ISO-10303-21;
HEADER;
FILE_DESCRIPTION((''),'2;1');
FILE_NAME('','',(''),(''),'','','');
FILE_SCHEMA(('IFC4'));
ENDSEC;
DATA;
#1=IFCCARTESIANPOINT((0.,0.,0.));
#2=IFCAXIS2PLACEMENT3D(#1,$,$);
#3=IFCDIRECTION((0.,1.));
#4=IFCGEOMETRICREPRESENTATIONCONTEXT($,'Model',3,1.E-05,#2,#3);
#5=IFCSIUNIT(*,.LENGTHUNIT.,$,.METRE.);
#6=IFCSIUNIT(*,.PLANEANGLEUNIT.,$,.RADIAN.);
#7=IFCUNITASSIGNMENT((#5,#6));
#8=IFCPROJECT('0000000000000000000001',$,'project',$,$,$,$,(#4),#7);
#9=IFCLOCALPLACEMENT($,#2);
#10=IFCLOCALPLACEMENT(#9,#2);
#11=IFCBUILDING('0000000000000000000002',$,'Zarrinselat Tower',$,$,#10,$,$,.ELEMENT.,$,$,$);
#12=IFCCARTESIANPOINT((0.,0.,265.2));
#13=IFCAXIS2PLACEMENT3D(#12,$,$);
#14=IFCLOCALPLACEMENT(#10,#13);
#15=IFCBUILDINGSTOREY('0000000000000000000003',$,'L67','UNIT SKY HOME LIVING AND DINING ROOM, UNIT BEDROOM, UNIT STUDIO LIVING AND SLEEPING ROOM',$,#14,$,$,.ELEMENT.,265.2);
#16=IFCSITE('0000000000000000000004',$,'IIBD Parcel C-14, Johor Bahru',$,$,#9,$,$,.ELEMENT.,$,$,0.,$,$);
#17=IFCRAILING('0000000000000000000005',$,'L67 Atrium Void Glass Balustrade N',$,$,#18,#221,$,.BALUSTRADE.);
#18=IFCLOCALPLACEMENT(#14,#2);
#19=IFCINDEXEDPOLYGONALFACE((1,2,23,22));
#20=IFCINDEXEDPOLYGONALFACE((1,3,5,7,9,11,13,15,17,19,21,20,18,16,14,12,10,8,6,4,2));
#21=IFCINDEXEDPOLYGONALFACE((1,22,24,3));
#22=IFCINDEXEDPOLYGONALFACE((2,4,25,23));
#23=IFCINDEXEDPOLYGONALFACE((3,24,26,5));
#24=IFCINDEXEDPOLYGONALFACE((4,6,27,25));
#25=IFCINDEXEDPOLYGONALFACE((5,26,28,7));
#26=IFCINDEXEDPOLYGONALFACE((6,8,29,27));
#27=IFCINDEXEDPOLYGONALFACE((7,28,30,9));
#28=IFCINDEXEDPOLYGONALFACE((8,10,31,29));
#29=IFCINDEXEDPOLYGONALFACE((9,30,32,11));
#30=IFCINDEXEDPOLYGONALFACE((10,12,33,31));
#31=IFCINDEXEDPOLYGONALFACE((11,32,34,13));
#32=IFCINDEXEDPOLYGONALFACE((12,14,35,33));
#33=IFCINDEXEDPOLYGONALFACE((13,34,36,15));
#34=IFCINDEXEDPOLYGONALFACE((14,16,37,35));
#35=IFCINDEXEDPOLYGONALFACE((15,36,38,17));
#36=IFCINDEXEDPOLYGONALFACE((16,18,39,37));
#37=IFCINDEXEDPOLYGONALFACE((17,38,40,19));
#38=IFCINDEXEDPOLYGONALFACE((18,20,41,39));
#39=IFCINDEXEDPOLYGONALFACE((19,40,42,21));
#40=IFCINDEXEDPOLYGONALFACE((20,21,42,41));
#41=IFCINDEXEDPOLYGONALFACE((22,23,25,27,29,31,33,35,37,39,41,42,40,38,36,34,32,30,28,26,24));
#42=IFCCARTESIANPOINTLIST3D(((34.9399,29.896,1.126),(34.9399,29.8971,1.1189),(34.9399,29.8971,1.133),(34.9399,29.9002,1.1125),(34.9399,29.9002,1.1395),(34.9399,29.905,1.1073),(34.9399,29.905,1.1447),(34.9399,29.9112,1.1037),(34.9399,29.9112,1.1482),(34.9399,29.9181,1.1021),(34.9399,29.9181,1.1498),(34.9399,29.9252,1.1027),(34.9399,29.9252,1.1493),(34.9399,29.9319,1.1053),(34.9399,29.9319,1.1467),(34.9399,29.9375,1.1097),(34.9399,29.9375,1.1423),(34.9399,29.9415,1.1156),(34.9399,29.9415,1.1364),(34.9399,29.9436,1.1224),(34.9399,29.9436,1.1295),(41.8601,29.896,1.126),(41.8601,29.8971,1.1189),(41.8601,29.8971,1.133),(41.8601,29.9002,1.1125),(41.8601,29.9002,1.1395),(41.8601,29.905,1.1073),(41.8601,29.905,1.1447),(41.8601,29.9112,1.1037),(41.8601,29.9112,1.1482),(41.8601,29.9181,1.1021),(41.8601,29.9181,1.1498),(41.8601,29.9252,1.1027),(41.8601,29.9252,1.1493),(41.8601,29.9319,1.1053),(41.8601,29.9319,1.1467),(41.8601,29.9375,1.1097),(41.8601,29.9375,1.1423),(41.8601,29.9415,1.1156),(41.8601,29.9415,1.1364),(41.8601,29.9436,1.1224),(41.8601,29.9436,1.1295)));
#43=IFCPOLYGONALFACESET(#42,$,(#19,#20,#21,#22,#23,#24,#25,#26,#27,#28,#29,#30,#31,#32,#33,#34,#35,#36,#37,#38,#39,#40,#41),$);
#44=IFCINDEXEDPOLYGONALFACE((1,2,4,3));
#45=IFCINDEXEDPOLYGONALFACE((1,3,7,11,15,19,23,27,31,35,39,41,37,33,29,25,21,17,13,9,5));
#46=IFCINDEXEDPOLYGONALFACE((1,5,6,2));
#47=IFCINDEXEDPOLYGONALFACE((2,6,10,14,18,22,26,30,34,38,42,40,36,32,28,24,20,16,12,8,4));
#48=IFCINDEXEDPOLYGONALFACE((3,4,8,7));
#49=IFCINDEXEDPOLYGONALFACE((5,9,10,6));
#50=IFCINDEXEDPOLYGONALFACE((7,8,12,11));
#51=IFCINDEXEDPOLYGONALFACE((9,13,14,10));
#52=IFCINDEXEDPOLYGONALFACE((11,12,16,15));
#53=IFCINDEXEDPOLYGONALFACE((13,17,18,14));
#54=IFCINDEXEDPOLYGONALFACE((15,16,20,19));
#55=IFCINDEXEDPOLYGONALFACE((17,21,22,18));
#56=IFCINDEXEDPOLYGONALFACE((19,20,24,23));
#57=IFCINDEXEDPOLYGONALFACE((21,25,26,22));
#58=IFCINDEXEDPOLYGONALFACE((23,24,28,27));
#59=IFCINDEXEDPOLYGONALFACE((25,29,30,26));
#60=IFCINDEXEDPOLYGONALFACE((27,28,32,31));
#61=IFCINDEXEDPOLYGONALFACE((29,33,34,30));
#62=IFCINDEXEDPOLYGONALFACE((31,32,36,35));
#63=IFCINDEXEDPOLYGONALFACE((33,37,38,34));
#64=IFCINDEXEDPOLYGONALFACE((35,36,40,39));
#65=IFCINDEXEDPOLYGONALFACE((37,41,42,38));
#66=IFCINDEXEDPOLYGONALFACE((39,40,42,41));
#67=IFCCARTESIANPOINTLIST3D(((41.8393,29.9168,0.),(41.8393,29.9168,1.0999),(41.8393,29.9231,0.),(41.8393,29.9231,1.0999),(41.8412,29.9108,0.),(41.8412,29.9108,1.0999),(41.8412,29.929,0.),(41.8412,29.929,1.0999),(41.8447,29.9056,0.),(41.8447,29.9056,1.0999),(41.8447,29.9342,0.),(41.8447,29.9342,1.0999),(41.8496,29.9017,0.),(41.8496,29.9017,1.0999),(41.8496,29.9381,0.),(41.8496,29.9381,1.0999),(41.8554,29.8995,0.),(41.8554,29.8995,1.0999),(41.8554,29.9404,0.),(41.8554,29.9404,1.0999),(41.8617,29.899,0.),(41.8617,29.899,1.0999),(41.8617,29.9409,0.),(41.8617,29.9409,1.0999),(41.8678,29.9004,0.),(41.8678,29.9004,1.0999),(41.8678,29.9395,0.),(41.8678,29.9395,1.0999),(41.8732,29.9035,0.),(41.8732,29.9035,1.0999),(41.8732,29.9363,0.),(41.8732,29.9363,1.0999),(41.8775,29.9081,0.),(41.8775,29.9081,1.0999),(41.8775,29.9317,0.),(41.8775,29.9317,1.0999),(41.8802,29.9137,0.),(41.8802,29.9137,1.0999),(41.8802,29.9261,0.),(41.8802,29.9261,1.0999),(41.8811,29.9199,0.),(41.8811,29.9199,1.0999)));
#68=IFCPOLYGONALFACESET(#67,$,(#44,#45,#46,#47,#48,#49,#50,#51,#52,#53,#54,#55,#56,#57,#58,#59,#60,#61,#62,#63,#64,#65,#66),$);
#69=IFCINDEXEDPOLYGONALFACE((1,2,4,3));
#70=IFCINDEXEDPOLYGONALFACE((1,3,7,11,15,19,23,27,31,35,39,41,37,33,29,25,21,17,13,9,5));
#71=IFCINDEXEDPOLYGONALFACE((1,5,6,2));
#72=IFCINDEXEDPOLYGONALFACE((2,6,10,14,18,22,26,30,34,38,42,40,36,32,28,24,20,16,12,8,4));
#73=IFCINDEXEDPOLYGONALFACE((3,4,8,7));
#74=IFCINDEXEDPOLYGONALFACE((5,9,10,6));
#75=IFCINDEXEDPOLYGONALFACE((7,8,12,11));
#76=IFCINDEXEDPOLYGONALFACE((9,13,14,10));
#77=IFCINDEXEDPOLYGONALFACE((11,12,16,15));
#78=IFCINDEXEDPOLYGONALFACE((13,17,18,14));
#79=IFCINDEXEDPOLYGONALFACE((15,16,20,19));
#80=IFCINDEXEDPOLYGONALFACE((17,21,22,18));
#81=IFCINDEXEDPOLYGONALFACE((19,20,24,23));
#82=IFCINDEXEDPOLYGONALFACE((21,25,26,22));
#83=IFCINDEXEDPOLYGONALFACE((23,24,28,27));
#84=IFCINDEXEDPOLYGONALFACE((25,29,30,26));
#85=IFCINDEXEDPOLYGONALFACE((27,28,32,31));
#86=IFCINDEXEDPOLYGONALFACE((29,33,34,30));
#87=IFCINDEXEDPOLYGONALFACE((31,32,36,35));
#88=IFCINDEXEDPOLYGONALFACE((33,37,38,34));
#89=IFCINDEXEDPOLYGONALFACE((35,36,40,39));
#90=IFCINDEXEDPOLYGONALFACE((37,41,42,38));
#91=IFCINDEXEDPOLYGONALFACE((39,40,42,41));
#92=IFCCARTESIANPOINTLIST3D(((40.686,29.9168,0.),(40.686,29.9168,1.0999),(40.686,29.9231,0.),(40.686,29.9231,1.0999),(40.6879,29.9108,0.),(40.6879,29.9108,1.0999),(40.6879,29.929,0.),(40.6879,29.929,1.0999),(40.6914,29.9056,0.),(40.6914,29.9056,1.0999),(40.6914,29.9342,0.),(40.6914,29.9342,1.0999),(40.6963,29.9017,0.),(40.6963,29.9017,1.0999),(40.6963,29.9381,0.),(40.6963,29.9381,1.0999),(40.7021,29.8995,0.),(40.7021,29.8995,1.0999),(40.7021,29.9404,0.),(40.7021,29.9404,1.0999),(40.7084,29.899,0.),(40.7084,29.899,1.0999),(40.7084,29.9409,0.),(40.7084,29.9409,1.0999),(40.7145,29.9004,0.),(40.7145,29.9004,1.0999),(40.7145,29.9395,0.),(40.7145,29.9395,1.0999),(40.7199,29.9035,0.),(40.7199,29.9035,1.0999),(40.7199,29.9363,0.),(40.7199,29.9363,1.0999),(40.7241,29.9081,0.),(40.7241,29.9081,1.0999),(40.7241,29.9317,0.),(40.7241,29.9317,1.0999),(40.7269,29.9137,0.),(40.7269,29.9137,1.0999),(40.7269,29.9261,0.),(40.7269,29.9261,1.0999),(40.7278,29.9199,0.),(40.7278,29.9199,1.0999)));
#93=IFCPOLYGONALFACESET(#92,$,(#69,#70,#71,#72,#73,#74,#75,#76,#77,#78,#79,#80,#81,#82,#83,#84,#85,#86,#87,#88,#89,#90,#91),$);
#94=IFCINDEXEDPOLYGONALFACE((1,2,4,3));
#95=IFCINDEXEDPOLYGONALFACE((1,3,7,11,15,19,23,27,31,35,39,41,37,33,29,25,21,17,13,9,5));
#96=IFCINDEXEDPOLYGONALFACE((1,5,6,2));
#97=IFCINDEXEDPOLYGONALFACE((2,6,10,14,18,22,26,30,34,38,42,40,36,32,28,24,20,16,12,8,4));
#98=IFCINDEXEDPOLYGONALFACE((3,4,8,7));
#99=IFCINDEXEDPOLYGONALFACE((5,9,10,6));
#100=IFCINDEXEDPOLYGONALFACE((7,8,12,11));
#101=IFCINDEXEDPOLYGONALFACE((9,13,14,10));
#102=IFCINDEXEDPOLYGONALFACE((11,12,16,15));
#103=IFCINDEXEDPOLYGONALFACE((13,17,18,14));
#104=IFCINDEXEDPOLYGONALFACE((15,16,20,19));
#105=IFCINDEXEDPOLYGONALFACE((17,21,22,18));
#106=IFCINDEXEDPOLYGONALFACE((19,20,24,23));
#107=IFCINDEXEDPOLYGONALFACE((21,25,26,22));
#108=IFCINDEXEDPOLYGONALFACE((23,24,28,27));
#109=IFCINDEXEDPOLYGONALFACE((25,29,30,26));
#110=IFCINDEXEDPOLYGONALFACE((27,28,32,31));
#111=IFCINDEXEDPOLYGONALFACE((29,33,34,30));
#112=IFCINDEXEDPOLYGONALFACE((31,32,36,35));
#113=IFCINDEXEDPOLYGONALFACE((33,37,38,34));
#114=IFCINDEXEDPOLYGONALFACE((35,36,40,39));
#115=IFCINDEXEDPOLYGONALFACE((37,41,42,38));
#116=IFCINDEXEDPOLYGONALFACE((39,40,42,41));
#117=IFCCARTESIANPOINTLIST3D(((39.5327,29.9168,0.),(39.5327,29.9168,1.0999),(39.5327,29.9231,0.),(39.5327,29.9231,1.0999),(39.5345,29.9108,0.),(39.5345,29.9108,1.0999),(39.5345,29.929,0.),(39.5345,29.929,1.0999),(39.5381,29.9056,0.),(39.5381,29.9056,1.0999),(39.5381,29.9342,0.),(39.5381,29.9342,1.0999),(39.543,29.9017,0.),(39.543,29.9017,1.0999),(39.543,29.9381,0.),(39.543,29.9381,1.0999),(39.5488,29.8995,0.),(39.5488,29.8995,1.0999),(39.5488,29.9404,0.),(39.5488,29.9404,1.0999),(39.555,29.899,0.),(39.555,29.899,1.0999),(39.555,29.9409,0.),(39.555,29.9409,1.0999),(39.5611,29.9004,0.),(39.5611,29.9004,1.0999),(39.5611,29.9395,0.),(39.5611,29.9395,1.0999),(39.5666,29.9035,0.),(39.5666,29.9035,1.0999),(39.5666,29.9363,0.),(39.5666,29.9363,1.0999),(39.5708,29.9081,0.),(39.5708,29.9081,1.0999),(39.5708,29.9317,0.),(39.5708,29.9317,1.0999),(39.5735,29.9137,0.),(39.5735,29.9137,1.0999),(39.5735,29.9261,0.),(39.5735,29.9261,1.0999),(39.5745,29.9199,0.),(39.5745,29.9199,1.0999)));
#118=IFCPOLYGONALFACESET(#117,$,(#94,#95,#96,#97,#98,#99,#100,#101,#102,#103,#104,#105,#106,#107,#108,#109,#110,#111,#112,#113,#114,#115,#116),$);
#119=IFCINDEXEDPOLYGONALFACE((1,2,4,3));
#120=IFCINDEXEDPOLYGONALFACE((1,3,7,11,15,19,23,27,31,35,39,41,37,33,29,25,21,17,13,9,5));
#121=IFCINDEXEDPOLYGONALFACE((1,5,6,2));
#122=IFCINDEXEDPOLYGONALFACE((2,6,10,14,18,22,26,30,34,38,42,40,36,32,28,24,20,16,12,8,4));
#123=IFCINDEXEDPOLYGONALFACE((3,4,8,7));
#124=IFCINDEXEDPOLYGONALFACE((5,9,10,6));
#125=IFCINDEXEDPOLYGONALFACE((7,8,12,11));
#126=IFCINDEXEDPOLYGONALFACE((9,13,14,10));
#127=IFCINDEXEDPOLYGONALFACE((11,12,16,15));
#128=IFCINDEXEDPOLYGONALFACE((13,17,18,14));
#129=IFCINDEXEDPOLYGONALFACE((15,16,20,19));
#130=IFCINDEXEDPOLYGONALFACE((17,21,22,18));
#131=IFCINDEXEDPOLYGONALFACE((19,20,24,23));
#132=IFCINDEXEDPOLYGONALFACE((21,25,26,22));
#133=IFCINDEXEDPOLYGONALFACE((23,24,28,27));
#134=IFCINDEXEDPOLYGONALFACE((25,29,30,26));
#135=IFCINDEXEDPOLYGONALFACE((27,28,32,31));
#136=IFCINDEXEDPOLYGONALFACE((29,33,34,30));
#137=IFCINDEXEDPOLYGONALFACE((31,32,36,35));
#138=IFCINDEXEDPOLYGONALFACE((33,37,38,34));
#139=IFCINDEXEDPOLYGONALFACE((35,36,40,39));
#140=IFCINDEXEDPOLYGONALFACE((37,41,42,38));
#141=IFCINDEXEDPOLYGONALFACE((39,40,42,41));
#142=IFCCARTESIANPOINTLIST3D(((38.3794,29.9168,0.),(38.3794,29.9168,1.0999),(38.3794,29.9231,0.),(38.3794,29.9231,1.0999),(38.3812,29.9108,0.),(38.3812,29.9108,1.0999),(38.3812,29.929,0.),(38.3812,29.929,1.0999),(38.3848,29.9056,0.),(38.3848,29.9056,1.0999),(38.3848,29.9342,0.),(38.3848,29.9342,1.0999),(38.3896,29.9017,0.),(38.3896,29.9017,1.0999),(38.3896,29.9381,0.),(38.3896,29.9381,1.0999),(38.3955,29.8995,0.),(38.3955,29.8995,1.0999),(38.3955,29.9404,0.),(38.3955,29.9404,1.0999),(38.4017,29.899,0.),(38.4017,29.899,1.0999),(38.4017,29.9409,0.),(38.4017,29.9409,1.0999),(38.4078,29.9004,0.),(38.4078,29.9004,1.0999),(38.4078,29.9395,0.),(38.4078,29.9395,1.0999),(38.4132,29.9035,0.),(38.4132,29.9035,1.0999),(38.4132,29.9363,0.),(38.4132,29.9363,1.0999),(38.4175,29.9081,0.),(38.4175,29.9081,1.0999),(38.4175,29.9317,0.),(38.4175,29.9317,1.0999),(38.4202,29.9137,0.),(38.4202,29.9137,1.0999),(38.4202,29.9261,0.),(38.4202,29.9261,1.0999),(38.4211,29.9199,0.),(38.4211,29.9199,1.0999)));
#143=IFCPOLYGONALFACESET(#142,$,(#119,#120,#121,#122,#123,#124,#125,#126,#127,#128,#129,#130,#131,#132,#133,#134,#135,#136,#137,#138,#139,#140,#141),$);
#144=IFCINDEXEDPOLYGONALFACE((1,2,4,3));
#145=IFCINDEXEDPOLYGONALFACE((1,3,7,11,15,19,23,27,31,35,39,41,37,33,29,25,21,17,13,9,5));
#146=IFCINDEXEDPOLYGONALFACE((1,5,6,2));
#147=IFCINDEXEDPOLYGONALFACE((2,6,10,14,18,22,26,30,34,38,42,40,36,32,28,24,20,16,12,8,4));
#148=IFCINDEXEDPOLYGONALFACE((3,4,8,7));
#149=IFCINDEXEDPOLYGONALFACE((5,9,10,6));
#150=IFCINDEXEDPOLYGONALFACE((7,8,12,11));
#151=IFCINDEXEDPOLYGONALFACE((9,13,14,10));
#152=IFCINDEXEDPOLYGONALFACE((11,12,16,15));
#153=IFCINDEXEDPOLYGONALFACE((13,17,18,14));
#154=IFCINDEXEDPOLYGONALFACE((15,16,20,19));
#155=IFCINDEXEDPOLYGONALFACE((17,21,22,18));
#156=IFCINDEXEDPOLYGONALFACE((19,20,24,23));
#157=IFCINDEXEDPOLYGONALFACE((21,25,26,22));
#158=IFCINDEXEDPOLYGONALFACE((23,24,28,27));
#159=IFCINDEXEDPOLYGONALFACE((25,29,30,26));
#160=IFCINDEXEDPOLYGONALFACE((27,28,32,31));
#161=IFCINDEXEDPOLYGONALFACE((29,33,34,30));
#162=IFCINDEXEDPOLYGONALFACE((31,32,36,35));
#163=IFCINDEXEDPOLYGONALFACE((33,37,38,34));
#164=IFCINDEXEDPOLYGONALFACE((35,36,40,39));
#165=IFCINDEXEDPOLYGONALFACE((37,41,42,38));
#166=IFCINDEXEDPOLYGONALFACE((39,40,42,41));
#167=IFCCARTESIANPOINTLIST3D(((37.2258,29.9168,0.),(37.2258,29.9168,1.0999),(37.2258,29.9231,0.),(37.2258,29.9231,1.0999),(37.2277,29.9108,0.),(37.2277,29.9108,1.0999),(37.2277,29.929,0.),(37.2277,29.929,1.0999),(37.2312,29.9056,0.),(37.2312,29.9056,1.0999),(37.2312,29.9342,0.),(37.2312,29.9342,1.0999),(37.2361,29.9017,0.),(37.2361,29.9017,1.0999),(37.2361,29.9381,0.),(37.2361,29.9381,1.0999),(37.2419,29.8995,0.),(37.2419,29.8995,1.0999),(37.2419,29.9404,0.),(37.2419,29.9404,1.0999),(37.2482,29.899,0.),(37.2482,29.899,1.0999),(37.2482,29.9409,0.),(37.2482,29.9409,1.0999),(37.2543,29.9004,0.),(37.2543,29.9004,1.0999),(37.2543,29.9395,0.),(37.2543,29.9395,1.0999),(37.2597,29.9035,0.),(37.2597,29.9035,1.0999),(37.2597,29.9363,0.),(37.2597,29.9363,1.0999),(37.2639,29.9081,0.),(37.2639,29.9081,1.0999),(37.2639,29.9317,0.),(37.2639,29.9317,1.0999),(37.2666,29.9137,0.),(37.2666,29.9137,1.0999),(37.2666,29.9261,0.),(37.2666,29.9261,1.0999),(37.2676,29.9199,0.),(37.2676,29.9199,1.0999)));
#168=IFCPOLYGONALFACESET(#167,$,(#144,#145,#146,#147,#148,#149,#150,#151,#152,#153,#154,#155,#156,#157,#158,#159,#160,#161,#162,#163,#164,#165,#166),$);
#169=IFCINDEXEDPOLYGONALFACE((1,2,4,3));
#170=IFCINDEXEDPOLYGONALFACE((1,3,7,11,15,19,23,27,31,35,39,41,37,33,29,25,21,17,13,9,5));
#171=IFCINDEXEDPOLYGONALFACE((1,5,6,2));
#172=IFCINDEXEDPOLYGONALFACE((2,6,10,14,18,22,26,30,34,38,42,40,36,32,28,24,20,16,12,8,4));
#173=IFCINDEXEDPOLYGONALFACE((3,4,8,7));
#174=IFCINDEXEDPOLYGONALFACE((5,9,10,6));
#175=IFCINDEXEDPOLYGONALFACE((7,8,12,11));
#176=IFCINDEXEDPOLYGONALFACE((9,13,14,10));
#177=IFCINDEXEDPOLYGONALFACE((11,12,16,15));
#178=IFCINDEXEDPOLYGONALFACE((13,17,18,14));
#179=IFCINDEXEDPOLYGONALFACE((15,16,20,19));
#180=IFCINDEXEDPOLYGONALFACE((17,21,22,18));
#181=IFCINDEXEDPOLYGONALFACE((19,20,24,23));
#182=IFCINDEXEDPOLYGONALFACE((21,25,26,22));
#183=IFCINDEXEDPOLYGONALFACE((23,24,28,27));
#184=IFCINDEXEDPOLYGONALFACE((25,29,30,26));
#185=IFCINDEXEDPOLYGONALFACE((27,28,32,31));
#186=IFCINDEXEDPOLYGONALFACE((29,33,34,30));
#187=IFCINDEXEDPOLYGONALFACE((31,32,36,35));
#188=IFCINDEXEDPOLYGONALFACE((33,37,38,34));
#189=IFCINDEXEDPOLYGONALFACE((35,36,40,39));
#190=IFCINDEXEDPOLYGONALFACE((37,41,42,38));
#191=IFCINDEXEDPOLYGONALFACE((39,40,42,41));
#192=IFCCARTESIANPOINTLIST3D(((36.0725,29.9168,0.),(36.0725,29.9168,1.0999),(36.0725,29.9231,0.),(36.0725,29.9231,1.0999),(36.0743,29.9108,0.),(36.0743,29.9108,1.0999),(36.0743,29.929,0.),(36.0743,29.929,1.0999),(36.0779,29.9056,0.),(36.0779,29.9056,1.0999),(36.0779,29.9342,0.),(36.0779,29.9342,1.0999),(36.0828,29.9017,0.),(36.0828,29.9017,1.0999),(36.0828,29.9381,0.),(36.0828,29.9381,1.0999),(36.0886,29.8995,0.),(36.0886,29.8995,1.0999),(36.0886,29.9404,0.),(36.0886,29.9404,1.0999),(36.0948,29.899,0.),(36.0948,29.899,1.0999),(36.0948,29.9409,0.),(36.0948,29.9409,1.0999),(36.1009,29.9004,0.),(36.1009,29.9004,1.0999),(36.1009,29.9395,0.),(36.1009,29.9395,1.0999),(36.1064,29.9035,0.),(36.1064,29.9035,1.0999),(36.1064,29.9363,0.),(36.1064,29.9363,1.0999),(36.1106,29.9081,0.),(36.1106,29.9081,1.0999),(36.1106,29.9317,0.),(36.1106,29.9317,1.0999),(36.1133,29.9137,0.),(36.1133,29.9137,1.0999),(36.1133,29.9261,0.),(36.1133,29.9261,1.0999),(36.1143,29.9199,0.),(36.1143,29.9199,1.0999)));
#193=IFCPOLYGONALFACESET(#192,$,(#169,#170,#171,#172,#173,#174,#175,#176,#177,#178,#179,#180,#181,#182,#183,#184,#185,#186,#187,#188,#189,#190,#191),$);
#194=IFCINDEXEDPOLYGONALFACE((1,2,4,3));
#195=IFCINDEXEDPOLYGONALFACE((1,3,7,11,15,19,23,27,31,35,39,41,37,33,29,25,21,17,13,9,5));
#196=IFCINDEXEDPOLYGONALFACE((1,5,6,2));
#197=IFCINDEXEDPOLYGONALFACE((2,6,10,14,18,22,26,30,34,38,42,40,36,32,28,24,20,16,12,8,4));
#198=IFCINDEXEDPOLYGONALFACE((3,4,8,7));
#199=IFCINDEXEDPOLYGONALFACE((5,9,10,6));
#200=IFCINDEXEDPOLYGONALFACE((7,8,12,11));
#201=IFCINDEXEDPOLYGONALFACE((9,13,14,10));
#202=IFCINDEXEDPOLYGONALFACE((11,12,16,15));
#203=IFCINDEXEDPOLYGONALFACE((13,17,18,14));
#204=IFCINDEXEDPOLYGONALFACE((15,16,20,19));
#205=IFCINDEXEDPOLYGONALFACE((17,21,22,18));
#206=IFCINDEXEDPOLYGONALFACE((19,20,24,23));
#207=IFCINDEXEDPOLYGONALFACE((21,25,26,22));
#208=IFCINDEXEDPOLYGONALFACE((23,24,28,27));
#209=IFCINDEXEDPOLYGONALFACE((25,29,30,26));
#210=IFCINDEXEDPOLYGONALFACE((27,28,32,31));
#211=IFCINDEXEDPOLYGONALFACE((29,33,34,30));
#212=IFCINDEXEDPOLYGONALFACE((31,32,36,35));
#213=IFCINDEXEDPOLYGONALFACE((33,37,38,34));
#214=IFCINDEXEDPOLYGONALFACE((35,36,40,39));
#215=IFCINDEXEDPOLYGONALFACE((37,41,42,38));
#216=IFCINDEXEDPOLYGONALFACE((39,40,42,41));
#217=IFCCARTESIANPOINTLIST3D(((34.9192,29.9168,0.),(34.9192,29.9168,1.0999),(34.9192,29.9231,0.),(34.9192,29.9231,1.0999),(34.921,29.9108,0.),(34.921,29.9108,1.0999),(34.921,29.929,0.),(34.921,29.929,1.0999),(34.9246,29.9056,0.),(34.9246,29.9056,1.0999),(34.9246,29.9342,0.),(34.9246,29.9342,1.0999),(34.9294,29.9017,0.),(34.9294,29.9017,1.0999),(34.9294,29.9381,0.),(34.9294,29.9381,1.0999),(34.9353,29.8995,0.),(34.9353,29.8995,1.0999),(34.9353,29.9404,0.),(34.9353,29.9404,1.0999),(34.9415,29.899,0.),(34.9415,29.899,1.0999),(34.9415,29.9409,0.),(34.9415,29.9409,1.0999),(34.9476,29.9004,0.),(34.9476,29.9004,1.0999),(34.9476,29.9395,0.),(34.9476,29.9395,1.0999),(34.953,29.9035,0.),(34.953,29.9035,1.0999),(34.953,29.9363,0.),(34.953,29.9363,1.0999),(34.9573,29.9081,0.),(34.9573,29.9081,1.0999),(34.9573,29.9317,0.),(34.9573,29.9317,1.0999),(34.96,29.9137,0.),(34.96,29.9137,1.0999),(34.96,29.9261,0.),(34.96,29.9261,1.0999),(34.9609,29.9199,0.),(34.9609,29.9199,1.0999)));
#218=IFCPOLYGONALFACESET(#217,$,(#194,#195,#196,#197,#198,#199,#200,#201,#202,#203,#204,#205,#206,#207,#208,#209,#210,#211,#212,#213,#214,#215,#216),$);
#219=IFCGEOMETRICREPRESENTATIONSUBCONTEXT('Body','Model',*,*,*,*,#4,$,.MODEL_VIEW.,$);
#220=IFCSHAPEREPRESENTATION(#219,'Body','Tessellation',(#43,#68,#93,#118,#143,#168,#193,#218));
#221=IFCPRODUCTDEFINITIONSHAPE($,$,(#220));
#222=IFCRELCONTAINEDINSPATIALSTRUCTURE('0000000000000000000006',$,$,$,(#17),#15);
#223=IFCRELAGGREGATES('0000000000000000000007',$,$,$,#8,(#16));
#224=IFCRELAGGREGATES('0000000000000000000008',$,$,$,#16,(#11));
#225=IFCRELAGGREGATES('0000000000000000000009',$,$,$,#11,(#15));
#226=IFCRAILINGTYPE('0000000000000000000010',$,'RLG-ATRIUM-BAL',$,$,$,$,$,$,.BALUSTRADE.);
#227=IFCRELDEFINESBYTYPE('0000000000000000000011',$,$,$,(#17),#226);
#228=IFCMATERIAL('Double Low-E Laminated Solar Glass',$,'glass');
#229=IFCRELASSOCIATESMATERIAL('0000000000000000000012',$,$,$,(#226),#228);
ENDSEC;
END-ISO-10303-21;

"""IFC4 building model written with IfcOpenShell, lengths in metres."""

from ifc_helpers import new_model, si_unit, direction, frame, origin, origin_2d, place, context, subcontext, project, spatial, circle, extrude, material, type_object, element, save


model = new_model("IFC4")

# Units and contexts
model_context = context("Model", 3, precision=1e-05, world=origin(), true_north=direction((0.0, 1.0)))
body_context = subcontext(model_context, "Body", "Model", "MODEL_VIEW")
ifc_project = project(units=[si_unit("LENGTHUNIT", "METRE"), si_unit("PLANEANGLEUNIT", "RADIAN")], contexts=[model_context])

# Site, building, storey
site_placement = place(None, origin())
site = spatial("IfcSite", under=ifc_project, at=site_placement, Name="IIBD Parcel C-14, Johor Bahru", CompositionType="ELEMENT", RefElevation=0.0)
building_placement = place(site_placement, origin())
building = spatial("IfcBuilding", under=site, at=building_placement, Name="Zarrinselat Tower", CompositionType="ELEMENT")
storey_placement = place(building_placement, frame((0.0, 0.0, 265.2)))
storey = spatial("IfcBuildingStorey", under=building, at=storey_placement, Name="L67", Description="UNIT SKY HOME LIVING AND DINING ROOM, UNIT BEDROOM, UNIT STUDIO LIVING AND SLEEPING ROOM", CompositionType="ELEMENT", Elevation=265.2)

# Railing
ifc_material_1 = material(Name="Double Low-E Laminated Solar Glass", Category="glass")
railing_type_1 = type_object("IfcRailingType", Name="RLG-ATRIUM-BAL", PredefinedType="BALUSTRADE", material=ifc_material_1)
railing_1_placement = place(storey_placement, frame((41.8601, 29.9199, 0.0)))
element("IfcRailing", 1, at=railing_1_placement, inside=storey, type_object=railing_type_1, Name="L67 Atrium Void Glass Balustrade N", PredefinedType="BALUSTRADE", context=body_context, shape_type="SweptSolid", body=[
    extrude(circle(Radius=0.0239, at=origin_2d()), frame((0.0, 0.0, 1.126), z_axis=(-1.0, 0.0, 0.0), x_axis=(0.0, -1.0, 0.0)), (0.0, 0.0, 1.0), 6.9202),
    extrude(circle(Radius=0.021, at=origin_2d()), origin(), (0.0, 0.0, 1.0), 1.0999),
    extrude(circle(Radius=0.021, at=origin_2d()), frame((-1.1533, 0.0, 0.0)), (0.0, 0.0, 1.0), 1.0999),
    extrude(circle(Radius=0.021, at=origin_2d()), frame((-2.3066, 0.0, 0.0)), (0.0, 0.0, 1.0), 1.0999),
    extrude(circle(Radius=0.021, at=origin_2d()), frame((-3.46, 0.0, 0.0)), (0.0, 0.0, 1.0), 1.0999),
    extrude(circle(Radius=0.021, at=origin_2d()), frame((-4.6135, 0.0, 0.0)), (0.0, 0.0, 1.0), 1.0999),
    extrude(circle(Radius=0.021, at=origin_2d()), frame((-5.7668, 0.0, 0.0)), (0.0, 0.0, 1.0), 1.0999),
    extrude(circle(Radius=0.021, at=origin_2d()), frame((-6.9202, 0.0, 0.0)), (0.0, 0.0, 1.0), 1.0999),
])

save(model, "model.ifc")
